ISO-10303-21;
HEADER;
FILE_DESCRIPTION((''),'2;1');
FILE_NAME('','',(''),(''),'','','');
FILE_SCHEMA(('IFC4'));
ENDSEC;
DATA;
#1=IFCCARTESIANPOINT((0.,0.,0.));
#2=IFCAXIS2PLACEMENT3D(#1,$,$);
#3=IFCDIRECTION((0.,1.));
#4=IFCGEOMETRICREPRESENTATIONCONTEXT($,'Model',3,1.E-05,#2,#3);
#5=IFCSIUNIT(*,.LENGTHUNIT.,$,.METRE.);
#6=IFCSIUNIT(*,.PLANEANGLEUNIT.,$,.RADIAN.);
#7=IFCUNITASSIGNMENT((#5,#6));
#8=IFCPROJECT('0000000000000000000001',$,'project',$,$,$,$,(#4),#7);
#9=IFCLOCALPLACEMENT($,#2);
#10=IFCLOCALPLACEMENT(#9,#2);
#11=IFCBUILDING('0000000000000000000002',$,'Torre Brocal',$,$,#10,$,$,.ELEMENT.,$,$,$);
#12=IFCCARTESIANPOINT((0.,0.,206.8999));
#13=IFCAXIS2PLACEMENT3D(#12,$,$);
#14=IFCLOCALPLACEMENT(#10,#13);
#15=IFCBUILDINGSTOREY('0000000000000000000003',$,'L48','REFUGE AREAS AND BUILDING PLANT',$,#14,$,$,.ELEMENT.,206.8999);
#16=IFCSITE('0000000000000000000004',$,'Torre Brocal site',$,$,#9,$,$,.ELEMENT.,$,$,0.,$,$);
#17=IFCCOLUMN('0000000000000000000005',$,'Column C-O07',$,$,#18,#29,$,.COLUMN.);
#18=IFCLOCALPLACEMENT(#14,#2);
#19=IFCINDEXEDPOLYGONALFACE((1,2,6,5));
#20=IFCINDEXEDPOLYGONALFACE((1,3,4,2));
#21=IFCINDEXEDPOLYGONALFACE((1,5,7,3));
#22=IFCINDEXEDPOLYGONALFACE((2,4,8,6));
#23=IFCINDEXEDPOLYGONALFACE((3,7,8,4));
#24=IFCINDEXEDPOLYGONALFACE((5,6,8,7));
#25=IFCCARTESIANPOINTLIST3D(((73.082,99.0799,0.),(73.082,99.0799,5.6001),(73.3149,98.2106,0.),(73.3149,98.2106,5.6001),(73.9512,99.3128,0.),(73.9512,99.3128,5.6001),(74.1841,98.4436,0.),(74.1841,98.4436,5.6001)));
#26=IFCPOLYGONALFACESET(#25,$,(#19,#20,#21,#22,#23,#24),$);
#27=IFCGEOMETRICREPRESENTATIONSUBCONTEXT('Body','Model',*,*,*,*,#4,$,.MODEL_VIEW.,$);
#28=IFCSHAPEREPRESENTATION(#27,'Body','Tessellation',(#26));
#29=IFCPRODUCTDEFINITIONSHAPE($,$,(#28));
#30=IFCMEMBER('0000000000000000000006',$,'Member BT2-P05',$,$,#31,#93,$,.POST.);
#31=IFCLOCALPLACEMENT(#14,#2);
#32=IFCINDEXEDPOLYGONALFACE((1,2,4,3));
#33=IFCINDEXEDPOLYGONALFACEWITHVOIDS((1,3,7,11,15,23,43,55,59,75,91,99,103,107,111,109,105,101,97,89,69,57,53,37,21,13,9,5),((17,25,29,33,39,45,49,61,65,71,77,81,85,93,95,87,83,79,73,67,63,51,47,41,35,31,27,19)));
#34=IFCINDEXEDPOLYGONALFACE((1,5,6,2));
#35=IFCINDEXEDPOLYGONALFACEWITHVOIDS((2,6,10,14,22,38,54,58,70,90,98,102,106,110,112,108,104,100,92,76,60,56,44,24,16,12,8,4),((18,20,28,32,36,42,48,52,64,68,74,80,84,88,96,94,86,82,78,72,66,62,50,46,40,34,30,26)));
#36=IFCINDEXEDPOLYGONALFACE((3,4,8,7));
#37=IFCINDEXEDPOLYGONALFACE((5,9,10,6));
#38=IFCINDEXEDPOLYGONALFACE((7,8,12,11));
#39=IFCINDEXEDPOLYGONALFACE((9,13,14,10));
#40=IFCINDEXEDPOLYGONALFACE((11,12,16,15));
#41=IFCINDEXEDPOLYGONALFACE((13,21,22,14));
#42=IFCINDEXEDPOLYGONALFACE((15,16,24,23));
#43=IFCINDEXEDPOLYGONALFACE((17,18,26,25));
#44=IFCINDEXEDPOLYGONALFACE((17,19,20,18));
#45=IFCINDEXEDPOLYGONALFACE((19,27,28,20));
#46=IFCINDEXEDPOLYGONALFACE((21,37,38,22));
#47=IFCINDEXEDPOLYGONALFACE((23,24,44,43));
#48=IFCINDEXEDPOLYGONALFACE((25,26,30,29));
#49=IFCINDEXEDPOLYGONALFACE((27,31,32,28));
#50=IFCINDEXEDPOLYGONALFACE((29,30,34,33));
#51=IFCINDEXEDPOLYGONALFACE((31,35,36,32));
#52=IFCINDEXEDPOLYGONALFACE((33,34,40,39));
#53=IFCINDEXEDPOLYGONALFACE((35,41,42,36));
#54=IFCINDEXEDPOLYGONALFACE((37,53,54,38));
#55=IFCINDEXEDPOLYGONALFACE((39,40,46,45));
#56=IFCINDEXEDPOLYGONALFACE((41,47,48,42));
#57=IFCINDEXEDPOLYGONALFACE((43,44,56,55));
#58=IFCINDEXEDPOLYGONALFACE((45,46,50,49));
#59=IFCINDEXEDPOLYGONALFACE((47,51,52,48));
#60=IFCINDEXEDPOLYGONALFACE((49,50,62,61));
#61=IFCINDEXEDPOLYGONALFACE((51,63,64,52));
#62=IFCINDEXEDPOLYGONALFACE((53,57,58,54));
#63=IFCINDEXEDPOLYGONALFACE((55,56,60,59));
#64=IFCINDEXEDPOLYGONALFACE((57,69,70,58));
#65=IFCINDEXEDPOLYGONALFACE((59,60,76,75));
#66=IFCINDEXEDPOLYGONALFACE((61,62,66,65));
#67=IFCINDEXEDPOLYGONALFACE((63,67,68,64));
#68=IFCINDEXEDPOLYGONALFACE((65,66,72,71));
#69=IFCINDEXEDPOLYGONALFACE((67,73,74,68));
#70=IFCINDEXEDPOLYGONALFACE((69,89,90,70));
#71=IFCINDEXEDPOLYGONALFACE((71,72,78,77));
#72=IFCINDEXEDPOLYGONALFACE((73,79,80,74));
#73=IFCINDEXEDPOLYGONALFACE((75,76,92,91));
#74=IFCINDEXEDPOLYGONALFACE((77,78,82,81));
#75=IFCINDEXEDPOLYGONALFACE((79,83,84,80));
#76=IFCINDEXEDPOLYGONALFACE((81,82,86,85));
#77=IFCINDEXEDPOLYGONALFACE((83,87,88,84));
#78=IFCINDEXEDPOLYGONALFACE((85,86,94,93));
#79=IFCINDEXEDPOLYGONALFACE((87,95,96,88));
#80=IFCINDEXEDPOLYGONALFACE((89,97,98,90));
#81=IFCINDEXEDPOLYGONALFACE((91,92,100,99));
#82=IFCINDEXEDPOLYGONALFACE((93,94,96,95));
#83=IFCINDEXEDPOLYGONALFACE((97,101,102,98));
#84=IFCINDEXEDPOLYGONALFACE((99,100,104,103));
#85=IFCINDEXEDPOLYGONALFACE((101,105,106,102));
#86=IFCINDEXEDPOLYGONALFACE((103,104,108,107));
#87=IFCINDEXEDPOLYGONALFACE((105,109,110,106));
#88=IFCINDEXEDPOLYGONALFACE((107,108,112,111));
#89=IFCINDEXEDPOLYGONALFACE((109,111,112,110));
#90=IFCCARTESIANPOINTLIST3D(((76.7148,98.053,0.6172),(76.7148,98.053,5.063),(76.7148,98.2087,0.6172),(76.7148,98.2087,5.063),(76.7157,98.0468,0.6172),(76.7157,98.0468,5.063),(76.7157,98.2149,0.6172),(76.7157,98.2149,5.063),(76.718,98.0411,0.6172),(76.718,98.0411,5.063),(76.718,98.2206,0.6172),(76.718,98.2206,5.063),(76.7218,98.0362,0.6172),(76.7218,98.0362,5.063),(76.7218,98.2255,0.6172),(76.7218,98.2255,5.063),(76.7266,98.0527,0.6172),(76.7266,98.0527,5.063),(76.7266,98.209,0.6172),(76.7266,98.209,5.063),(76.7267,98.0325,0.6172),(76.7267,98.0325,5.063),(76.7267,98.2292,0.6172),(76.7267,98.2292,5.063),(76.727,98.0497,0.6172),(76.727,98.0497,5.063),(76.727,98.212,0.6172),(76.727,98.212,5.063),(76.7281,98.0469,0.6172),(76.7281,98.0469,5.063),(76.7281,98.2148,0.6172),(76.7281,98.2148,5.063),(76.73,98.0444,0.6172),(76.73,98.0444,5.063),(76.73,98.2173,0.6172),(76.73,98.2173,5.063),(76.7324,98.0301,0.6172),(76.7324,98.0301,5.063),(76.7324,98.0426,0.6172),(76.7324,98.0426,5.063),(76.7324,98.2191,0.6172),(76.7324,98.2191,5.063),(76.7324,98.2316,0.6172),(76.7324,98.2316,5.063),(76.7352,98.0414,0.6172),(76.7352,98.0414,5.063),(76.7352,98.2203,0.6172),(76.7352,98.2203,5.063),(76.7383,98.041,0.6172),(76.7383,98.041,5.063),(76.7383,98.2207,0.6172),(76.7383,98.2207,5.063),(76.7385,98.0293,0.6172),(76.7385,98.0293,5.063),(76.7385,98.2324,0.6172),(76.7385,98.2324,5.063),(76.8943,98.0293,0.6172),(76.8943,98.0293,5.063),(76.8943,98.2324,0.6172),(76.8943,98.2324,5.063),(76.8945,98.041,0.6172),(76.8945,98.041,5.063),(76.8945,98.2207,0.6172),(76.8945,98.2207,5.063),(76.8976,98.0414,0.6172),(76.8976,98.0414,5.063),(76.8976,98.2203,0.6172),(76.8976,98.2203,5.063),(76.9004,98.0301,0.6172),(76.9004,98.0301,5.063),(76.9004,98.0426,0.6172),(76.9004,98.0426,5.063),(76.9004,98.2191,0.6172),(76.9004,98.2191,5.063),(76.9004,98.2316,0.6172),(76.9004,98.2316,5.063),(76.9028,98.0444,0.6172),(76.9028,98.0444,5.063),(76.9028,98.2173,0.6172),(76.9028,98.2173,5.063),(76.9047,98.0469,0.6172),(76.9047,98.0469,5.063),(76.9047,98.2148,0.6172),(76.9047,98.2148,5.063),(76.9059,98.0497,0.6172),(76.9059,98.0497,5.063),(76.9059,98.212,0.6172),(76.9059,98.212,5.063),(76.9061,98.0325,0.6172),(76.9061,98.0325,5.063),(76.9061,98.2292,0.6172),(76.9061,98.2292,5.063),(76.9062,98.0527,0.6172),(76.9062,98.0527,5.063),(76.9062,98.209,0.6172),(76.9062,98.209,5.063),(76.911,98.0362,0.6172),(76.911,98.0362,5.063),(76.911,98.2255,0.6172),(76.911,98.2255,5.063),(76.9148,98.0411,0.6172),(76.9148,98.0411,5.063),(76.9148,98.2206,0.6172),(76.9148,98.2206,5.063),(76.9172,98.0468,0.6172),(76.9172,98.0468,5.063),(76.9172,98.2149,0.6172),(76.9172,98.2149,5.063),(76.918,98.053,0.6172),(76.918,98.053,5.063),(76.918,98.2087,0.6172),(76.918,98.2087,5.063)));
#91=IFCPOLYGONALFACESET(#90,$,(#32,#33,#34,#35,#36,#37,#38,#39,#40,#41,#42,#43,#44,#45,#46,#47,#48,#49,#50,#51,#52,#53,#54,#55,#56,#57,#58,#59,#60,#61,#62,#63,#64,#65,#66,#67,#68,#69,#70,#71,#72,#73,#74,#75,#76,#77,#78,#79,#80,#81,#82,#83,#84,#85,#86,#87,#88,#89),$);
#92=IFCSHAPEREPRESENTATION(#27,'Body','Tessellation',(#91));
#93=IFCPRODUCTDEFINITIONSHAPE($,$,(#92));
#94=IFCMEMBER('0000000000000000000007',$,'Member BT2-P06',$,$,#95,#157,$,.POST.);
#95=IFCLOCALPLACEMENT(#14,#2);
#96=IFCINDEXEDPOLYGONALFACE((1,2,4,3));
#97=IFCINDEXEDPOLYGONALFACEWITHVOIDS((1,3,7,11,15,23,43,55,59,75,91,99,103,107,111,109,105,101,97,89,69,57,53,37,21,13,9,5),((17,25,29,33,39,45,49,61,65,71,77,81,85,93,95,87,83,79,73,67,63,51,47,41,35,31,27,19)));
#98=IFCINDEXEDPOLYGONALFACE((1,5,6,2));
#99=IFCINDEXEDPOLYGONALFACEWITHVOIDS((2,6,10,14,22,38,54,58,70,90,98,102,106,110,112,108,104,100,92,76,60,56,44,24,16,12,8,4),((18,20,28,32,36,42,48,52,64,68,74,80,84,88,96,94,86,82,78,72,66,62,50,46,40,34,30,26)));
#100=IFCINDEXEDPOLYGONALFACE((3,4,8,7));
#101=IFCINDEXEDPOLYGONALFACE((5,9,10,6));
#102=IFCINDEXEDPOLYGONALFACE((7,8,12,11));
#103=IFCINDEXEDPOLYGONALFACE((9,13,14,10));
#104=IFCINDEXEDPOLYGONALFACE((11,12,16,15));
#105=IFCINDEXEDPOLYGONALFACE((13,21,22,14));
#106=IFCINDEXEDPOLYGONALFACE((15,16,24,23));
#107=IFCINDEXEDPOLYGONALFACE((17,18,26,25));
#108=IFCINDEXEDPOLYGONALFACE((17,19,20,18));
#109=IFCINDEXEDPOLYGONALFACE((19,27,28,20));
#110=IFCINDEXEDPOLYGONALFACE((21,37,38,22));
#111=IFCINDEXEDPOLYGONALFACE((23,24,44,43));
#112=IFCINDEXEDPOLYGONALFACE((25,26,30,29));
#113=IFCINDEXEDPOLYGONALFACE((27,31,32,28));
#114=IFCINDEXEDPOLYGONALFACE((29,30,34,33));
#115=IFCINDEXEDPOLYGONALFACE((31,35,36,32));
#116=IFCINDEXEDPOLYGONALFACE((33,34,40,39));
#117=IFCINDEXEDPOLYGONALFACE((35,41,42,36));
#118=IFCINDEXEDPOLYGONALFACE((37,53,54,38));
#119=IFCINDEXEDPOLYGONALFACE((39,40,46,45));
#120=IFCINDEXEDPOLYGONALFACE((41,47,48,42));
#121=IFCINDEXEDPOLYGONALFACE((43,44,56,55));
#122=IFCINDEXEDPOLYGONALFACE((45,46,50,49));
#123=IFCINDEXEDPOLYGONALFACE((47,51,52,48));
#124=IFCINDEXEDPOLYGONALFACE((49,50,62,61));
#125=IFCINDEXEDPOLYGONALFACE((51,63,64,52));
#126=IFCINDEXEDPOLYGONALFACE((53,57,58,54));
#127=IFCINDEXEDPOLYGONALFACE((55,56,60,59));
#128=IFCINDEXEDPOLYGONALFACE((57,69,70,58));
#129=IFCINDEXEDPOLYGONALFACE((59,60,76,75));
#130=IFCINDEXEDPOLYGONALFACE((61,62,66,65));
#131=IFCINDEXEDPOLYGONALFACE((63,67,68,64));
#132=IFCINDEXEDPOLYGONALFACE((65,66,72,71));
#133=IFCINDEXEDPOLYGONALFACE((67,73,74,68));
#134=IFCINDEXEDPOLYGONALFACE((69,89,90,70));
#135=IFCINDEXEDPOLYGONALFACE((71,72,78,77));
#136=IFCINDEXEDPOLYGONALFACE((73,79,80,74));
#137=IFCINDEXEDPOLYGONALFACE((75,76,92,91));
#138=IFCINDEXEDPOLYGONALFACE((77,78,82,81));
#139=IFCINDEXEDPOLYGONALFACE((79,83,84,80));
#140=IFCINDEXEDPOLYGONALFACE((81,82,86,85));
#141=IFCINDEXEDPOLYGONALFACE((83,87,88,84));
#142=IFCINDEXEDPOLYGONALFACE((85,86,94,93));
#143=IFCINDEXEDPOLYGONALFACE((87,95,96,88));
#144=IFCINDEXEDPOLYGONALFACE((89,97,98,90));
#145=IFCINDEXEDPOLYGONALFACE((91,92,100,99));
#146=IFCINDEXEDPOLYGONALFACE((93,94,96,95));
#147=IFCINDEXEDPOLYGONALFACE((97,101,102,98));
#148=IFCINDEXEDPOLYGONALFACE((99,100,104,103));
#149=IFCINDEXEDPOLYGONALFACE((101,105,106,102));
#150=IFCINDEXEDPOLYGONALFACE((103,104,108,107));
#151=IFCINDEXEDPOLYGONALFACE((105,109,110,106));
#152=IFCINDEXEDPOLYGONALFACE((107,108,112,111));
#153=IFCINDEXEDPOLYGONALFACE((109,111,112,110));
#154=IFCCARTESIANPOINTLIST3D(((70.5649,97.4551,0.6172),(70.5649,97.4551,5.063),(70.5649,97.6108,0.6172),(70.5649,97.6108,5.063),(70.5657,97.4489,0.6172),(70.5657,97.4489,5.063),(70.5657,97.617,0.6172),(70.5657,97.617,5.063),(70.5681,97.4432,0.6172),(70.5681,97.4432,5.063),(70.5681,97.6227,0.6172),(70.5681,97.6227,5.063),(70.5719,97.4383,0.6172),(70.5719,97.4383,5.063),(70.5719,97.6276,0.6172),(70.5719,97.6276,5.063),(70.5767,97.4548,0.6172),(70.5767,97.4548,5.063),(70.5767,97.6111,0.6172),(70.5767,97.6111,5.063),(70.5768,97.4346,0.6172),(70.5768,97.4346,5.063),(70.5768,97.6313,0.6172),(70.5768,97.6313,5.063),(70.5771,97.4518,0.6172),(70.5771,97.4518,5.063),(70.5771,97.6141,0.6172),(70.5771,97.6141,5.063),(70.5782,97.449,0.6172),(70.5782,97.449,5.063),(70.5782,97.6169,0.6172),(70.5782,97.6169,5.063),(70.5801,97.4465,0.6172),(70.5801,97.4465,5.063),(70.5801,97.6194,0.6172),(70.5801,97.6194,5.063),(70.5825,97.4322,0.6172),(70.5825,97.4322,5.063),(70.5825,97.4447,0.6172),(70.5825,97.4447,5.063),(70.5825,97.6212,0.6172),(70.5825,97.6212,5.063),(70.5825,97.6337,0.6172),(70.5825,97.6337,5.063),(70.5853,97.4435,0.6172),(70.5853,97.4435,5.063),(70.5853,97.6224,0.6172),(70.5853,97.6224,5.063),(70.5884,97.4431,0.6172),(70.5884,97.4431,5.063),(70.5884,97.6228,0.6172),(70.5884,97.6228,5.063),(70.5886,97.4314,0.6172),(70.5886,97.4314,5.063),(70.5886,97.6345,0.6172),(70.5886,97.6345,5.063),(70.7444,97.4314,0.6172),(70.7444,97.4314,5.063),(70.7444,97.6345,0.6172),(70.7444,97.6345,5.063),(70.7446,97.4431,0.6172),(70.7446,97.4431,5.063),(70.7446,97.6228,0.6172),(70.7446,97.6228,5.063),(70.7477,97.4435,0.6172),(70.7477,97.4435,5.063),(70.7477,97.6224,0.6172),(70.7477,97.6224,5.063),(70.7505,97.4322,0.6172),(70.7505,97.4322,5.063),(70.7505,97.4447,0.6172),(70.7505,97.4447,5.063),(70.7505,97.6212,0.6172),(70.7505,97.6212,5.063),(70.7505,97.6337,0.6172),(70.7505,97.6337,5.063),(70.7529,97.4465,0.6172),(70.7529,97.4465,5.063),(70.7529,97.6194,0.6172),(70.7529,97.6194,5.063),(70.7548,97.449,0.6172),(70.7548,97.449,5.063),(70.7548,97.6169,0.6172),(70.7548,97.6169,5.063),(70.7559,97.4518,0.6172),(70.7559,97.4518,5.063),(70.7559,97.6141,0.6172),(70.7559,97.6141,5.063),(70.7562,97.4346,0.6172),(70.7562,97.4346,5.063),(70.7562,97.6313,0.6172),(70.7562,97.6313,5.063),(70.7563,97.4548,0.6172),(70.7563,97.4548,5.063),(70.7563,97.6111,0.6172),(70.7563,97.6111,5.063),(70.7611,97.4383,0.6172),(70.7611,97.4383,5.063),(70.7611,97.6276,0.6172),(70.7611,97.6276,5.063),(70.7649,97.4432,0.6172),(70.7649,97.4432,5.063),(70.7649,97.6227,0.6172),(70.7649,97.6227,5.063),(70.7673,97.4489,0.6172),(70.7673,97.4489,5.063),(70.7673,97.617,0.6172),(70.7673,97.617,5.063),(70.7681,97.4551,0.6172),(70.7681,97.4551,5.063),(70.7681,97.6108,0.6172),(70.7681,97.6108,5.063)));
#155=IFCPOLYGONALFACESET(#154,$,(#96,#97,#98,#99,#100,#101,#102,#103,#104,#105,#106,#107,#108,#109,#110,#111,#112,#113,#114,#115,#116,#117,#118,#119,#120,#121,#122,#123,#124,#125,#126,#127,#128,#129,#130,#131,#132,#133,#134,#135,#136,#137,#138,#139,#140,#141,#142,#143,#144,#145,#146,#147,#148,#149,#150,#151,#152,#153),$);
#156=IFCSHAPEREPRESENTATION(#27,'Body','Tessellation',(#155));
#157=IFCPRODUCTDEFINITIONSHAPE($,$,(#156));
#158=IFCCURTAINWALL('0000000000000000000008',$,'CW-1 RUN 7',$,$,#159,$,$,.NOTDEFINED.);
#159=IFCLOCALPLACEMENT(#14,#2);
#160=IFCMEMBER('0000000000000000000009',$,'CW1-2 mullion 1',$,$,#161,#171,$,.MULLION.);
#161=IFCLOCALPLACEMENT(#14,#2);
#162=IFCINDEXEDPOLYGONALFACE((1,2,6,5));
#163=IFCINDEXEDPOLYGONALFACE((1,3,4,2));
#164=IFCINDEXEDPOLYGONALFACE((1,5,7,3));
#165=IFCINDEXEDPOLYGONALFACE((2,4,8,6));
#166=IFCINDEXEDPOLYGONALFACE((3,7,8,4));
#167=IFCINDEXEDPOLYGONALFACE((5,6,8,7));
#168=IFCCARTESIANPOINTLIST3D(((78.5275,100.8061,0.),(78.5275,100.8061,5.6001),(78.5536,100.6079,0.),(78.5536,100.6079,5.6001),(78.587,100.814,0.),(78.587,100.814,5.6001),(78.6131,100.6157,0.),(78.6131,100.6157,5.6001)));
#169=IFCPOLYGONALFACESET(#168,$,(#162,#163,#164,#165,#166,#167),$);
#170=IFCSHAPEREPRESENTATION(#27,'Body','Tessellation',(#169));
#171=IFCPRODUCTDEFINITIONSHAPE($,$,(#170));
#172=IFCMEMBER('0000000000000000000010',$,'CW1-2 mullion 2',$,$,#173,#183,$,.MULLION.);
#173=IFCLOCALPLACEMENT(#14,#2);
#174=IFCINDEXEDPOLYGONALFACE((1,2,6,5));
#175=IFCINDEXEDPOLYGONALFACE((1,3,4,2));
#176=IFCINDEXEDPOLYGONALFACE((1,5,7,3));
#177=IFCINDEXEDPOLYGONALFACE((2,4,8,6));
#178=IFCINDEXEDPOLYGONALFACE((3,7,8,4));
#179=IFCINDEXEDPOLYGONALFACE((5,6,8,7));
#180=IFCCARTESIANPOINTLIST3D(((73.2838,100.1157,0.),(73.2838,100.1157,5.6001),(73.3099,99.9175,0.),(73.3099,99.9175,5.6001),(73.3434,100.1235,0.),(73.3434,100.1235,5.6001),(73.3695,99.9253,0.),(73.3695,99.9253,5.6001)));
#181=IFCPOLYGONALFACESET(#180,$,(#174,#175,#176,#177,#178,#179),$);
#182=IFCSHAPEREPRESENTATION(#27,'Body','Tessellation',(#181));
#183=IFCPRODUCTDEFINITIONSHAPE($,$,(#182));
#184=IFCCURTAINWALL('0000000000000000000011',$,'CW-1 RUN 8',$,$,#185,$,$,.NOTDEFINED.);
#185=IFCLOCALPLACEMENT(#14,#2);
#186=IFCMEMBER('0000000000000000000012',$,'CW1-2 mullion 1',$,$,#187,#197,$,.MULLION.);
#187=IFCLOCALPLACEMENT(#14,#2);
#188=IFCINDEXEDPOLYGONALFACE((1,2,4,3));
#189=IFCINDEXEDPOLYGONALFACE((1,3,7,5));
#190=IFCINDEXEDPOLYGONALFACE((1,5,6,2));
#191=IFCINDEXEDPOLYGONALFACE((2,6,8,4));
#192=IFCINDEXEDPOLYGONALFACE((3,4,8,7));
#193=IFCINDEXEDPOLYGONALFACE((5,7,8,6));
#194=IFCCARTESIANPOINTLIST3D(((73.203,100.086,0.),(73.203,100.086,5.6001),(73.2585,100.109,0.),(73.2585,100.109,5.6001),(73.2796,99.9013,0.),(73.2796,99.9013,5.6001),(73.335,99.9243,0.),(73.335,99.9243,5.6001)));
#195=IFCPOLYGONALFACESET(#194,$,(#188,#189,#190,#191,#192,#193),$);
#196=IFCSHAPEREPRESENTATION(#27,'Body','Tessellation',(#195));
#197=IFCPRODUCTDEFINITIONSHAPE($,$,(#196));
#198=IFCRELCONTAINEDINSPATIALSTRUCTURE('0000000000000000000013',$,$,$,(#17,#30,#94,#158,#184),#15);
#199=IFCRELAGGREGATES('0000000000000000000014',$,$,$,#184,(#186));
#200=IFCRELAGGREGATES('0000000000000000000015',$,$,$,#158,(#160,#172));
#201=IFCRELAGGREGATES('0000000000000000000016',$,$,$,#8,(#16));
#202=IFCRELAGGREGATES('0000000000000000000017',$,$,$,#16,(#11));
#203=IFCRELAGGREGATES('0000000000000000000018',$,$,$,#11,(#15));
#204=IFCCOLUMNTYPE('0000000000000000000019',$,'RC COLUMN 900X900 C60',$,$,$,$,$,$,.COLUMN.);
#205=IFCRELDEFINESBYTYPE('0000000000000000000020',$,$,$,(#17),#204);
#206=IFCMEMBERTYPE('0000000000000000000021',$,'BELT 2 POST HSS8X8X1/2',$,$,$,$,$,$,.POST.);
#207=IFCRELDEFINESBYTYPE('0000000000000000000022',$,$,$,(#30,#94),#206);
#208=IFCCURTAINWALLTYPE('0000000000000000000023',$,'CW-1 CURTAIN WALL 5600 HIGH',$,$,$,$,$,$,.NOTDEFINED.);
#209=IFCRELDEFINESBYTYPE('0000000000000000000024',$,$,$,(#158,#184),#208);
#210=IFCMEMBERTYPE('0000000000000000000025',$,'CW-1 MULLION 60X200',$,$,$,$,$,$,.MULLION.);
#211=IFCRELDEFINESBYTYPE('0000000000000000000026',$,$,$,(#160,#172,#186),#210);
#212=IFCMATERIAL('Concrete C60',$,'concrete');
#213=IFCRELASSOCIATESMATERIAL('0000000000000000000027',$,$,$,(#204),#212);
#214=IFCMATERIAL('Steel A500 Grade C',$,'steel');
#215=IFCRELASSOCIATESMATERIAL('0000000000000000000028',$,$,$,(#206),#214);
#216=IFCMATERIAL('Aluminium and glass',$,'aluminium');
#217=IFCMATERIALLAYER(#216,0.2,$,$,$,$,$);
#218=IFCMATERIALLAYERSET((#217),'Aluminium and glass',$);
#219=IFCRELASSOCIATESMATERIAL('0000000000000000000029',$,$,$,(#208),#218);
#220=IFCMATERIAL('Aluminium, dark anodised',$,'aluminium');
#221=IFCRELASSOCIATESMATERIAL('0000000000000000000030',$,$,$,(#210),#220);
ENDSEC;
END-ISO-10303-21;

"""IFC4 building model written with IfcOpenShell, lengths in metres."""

from ifc_helpers import new_model, si_unit, direction, frame, origin, origin_2d, place, context, subcontext, project, spatial, rectangle, hollow_rectangle, extrude, material, layer, layer_set, material_profile, profile_set, type_object, element, aggregate, save


model = new_model("IFC4")

# Units and contexts
model_context = context("Model", 3, precision=1e-05, world=origin(), true_north=direction((0.0, 1.0)))
body_context = subcontext(model_context, "Body", "Model", "MODEL_VIEW")
ifc_project = project(units=[si_unit("LENGTHUNIT", "METRE"), si_unit("PLANEANGLEUNIT", "RADIAN")], contexts=[model_context])

# Site, building, storey
site_placement = place(None, origin())
site = spatial("IfcSite", under=ifc_project, at=site_placement, Name="Torre Brocal site", CompositionType="ELEMENT", RefElevation=0.0)
building_placement = place(site_placement, origin())
building = spatial("IfcBuilding", under=site, at=building_placement, Name="Torre Brocal", CompositionType="ELEMENT")
storey_placement = place(building_placement, frame((0.0, 0.0, 206.8999)))
storey = spatial("IfcBuildingStorey", under=building, at=storey_placement, Name="L48", Description="REFUGE AREAS AND BUILDING PLANT", CompositionType="ELEMENT", Elevation=206.8999)

# Column
ifc_material_1 = material(Name="Concrete C60", Category="concrete")
ifc_material_profile_1 = material_profile(ifc_material_1, rectangle(XDim=0.8999, YDim=0.8999, at=origin_2d()), Name="RC 900X900")
ifc_profile_set_1 = profile_set([ifc_material_profile_1], Name="Concrete C60")
column_type = type_object("IfcColumnType", Name="RC COLUMN 900X900 C60", PredefinedType="COLUMN", material=ifc_profile_set_1)
column_placement = place(storey_placement, frame((73.6331, 98.7617, 0.0), z_axis=(0.0, 0.0, 1.0), x_axis=(-0.258819, 0.965926, 0.0)))
element("IfcColumn", 1, at=column_placement, inside=storey, type_object=column_type, Name="Column C-O07", PredefinedType="COLUMN", context=body_context, shape_type="SweptSolid", body=[
    extrude(rectangle(XDim=0.8999, YDim=0.8999, at=origin_2d()), origin(), (0.0, 0.0, 1.0), 5.6001),
])

# Members
ifc_material_2 = material(Name="Steel A500 Grade C", Category="steel")
ifc_material_profile_2 = material_profile(ifc_material_2, hollow_rectangle(XDim=0.2031, YDim=0.2031, WallThickness=0.0117, InnerFilletRadius=0.0117, OuterFilletRadius=0.0237, at=origin_2d()), Name="HSS8X8X1/2")
ifc_profile_set_2 = profile_set([ifc_material_profile_2], Name="Steel A500 Grade C")
member_type_1 = type_object("IfcMemberType", Name="BELT 2 POST HSS8X8X1/2", PredefinedType="POST", material=ifc_profile_set_2)
for number, where, z_axis, x_axis, name in (
    (2, (76.8164, 98.1309, 0.6172), (0.0, 0.0, 1.0), (1.0, 0.0, 0.0), "Member BT2-P05"),
    (3, (70.6665, 97.533, 0.6172), (0.0, 0.0, 1.0), (1.0, 0.0, 0.0), "Member BT2-P06"),
):
    element("IfcMember", number, at=place(storey_placement, frame(where, z_axis=z_axis, x_axis=x_axis)), inside=storey, type_object=member_type_1, Name=name, PredefinedType="POST", context=body_context, shape_type="SweptSolid", body=[
        extrude(hollow_rectangle(XDim=0.2031, YDim=0.2031, WallThickness=0.0117, InnerFilletRadius=0.0117, OuterFilletRadius=0.0237, at=origin_2d()), origin(), (0.0, 0.0, 1.0), 4.4458),
    ])

# Curtain wall, members
ifc_material_3 = material(Name="Aluminium and glass", Category="aluminium")
ifc_layer_1 = layer(ifc_material_3, 0.2)
ifc_layer_set_1 = layer_set([ifc_layer_1], Name="Aluminium and glass")
curtain_wall_type = type_object("IfcCurtainWallType", Name="CW-1 CURTAIN WALL 5600 HIGH", PredefinedType="NOTDEFINED", material=ifc_layer_set_1)
curtain_wall_1_placement = place(storey_placement, origin())
curtain_wall_1 = element("IfcCurtainWall", 4, at=curtain_wall_1_placement, inside=storey, type_object=curtain_wall_type, Name="CW-1 RUN 7", PredefinedType="NOTDEFINED")
ifc_material_4 = material(Name="Aluminium, dark anodised", Category="aluminium")
ifc_material_profile_3 = material_profile(ifc_material_4, rectangle(XDim=0.2, YDim=0.0601, at=origin_2d()), Name="CW-1 MULLION 60X200")
ifc_profile_set_3 = profile_set([ifc_material_profile_3], Name="Aluminium, dark anodised")
member_type_2 = type_object("IfcMemberType", Name="CW-1 MULLION 60X200", PredefinedType="MULLION", material=ifc_profile_set_3)
member_1_placement = place(storey_placement, frame((78.5703, 100.7109, 0.0), z_axis=(0.0, 0.0, 1.0), x_axis=(0.130526, -0.991445, 0.0)))
member_1 = element("IfcMember", 5, at=member_1_placement, type_object=member_type_2, Name="CW1-2 mullion 1", PredefinedType="MULLION", context=body_context, shape_type="SweptSolid", body=[
    extrude(rectangle(XDim=0.2, YDim=0.0601, at=origin_2d()), origin(), (0.0, 0.0, 1.0), 5.6001),
])
member_2_placement = place(storey_placement, frame((73.3267, 100.0205, 0.0), z_axis=(0.0, 0.0, 1.0), x_axis=(0.130526, -0.991445, 0.0)))
member_2 = element("IfcMember", 6, at=member_2_placement, type_object=member_type_2, Name="CW1-2 mullion 2", PredefinedType="MULLION", context=body_context, shape_type="SweptSolid", body=[
    extrude(rectangle(XDim=0.2, YDim=0.0601, at=origin_2d()), origin(), (0.0, 0.0, 1.0), 5.6001),
])

# Curtain wall, member
curtain_wall_2_placement = place(storey_placement, origin())
curtain_wall_2 = element("IfcCurtainWall", 7, at=curtain_wall_2_placement, inside=storey, type_object=curtain_wall_type, Name="CW-1 RUN 8", PredefinedType="NOTDEFINED")
member_3_placement = place(storey_placement, frame((73.269, 100.0051, 0.0), z_axis=(0.0, 0.0, 1.0), x_axis=(0.382683, -0.92388, 0.0)))
member_3 = element("IfcMember", 8, at=member_3_placement, type_object=member_type_2, Name="CW1-2 mullion 1", PredefinedType="MULLION", context=body_context, shape_type="SweptSolid", body=[
    extrude(rectangle(XDim=0.2, YDim=0.0601, at=origin_2d()), origin(), (0.0, 0.0, 1.0), 5.6001),
])

aggregate(curtain_wall_2, [member_3])

aggregate(curtain_wall_1, [member_1, member_2])

save(model, "model.ifc")
